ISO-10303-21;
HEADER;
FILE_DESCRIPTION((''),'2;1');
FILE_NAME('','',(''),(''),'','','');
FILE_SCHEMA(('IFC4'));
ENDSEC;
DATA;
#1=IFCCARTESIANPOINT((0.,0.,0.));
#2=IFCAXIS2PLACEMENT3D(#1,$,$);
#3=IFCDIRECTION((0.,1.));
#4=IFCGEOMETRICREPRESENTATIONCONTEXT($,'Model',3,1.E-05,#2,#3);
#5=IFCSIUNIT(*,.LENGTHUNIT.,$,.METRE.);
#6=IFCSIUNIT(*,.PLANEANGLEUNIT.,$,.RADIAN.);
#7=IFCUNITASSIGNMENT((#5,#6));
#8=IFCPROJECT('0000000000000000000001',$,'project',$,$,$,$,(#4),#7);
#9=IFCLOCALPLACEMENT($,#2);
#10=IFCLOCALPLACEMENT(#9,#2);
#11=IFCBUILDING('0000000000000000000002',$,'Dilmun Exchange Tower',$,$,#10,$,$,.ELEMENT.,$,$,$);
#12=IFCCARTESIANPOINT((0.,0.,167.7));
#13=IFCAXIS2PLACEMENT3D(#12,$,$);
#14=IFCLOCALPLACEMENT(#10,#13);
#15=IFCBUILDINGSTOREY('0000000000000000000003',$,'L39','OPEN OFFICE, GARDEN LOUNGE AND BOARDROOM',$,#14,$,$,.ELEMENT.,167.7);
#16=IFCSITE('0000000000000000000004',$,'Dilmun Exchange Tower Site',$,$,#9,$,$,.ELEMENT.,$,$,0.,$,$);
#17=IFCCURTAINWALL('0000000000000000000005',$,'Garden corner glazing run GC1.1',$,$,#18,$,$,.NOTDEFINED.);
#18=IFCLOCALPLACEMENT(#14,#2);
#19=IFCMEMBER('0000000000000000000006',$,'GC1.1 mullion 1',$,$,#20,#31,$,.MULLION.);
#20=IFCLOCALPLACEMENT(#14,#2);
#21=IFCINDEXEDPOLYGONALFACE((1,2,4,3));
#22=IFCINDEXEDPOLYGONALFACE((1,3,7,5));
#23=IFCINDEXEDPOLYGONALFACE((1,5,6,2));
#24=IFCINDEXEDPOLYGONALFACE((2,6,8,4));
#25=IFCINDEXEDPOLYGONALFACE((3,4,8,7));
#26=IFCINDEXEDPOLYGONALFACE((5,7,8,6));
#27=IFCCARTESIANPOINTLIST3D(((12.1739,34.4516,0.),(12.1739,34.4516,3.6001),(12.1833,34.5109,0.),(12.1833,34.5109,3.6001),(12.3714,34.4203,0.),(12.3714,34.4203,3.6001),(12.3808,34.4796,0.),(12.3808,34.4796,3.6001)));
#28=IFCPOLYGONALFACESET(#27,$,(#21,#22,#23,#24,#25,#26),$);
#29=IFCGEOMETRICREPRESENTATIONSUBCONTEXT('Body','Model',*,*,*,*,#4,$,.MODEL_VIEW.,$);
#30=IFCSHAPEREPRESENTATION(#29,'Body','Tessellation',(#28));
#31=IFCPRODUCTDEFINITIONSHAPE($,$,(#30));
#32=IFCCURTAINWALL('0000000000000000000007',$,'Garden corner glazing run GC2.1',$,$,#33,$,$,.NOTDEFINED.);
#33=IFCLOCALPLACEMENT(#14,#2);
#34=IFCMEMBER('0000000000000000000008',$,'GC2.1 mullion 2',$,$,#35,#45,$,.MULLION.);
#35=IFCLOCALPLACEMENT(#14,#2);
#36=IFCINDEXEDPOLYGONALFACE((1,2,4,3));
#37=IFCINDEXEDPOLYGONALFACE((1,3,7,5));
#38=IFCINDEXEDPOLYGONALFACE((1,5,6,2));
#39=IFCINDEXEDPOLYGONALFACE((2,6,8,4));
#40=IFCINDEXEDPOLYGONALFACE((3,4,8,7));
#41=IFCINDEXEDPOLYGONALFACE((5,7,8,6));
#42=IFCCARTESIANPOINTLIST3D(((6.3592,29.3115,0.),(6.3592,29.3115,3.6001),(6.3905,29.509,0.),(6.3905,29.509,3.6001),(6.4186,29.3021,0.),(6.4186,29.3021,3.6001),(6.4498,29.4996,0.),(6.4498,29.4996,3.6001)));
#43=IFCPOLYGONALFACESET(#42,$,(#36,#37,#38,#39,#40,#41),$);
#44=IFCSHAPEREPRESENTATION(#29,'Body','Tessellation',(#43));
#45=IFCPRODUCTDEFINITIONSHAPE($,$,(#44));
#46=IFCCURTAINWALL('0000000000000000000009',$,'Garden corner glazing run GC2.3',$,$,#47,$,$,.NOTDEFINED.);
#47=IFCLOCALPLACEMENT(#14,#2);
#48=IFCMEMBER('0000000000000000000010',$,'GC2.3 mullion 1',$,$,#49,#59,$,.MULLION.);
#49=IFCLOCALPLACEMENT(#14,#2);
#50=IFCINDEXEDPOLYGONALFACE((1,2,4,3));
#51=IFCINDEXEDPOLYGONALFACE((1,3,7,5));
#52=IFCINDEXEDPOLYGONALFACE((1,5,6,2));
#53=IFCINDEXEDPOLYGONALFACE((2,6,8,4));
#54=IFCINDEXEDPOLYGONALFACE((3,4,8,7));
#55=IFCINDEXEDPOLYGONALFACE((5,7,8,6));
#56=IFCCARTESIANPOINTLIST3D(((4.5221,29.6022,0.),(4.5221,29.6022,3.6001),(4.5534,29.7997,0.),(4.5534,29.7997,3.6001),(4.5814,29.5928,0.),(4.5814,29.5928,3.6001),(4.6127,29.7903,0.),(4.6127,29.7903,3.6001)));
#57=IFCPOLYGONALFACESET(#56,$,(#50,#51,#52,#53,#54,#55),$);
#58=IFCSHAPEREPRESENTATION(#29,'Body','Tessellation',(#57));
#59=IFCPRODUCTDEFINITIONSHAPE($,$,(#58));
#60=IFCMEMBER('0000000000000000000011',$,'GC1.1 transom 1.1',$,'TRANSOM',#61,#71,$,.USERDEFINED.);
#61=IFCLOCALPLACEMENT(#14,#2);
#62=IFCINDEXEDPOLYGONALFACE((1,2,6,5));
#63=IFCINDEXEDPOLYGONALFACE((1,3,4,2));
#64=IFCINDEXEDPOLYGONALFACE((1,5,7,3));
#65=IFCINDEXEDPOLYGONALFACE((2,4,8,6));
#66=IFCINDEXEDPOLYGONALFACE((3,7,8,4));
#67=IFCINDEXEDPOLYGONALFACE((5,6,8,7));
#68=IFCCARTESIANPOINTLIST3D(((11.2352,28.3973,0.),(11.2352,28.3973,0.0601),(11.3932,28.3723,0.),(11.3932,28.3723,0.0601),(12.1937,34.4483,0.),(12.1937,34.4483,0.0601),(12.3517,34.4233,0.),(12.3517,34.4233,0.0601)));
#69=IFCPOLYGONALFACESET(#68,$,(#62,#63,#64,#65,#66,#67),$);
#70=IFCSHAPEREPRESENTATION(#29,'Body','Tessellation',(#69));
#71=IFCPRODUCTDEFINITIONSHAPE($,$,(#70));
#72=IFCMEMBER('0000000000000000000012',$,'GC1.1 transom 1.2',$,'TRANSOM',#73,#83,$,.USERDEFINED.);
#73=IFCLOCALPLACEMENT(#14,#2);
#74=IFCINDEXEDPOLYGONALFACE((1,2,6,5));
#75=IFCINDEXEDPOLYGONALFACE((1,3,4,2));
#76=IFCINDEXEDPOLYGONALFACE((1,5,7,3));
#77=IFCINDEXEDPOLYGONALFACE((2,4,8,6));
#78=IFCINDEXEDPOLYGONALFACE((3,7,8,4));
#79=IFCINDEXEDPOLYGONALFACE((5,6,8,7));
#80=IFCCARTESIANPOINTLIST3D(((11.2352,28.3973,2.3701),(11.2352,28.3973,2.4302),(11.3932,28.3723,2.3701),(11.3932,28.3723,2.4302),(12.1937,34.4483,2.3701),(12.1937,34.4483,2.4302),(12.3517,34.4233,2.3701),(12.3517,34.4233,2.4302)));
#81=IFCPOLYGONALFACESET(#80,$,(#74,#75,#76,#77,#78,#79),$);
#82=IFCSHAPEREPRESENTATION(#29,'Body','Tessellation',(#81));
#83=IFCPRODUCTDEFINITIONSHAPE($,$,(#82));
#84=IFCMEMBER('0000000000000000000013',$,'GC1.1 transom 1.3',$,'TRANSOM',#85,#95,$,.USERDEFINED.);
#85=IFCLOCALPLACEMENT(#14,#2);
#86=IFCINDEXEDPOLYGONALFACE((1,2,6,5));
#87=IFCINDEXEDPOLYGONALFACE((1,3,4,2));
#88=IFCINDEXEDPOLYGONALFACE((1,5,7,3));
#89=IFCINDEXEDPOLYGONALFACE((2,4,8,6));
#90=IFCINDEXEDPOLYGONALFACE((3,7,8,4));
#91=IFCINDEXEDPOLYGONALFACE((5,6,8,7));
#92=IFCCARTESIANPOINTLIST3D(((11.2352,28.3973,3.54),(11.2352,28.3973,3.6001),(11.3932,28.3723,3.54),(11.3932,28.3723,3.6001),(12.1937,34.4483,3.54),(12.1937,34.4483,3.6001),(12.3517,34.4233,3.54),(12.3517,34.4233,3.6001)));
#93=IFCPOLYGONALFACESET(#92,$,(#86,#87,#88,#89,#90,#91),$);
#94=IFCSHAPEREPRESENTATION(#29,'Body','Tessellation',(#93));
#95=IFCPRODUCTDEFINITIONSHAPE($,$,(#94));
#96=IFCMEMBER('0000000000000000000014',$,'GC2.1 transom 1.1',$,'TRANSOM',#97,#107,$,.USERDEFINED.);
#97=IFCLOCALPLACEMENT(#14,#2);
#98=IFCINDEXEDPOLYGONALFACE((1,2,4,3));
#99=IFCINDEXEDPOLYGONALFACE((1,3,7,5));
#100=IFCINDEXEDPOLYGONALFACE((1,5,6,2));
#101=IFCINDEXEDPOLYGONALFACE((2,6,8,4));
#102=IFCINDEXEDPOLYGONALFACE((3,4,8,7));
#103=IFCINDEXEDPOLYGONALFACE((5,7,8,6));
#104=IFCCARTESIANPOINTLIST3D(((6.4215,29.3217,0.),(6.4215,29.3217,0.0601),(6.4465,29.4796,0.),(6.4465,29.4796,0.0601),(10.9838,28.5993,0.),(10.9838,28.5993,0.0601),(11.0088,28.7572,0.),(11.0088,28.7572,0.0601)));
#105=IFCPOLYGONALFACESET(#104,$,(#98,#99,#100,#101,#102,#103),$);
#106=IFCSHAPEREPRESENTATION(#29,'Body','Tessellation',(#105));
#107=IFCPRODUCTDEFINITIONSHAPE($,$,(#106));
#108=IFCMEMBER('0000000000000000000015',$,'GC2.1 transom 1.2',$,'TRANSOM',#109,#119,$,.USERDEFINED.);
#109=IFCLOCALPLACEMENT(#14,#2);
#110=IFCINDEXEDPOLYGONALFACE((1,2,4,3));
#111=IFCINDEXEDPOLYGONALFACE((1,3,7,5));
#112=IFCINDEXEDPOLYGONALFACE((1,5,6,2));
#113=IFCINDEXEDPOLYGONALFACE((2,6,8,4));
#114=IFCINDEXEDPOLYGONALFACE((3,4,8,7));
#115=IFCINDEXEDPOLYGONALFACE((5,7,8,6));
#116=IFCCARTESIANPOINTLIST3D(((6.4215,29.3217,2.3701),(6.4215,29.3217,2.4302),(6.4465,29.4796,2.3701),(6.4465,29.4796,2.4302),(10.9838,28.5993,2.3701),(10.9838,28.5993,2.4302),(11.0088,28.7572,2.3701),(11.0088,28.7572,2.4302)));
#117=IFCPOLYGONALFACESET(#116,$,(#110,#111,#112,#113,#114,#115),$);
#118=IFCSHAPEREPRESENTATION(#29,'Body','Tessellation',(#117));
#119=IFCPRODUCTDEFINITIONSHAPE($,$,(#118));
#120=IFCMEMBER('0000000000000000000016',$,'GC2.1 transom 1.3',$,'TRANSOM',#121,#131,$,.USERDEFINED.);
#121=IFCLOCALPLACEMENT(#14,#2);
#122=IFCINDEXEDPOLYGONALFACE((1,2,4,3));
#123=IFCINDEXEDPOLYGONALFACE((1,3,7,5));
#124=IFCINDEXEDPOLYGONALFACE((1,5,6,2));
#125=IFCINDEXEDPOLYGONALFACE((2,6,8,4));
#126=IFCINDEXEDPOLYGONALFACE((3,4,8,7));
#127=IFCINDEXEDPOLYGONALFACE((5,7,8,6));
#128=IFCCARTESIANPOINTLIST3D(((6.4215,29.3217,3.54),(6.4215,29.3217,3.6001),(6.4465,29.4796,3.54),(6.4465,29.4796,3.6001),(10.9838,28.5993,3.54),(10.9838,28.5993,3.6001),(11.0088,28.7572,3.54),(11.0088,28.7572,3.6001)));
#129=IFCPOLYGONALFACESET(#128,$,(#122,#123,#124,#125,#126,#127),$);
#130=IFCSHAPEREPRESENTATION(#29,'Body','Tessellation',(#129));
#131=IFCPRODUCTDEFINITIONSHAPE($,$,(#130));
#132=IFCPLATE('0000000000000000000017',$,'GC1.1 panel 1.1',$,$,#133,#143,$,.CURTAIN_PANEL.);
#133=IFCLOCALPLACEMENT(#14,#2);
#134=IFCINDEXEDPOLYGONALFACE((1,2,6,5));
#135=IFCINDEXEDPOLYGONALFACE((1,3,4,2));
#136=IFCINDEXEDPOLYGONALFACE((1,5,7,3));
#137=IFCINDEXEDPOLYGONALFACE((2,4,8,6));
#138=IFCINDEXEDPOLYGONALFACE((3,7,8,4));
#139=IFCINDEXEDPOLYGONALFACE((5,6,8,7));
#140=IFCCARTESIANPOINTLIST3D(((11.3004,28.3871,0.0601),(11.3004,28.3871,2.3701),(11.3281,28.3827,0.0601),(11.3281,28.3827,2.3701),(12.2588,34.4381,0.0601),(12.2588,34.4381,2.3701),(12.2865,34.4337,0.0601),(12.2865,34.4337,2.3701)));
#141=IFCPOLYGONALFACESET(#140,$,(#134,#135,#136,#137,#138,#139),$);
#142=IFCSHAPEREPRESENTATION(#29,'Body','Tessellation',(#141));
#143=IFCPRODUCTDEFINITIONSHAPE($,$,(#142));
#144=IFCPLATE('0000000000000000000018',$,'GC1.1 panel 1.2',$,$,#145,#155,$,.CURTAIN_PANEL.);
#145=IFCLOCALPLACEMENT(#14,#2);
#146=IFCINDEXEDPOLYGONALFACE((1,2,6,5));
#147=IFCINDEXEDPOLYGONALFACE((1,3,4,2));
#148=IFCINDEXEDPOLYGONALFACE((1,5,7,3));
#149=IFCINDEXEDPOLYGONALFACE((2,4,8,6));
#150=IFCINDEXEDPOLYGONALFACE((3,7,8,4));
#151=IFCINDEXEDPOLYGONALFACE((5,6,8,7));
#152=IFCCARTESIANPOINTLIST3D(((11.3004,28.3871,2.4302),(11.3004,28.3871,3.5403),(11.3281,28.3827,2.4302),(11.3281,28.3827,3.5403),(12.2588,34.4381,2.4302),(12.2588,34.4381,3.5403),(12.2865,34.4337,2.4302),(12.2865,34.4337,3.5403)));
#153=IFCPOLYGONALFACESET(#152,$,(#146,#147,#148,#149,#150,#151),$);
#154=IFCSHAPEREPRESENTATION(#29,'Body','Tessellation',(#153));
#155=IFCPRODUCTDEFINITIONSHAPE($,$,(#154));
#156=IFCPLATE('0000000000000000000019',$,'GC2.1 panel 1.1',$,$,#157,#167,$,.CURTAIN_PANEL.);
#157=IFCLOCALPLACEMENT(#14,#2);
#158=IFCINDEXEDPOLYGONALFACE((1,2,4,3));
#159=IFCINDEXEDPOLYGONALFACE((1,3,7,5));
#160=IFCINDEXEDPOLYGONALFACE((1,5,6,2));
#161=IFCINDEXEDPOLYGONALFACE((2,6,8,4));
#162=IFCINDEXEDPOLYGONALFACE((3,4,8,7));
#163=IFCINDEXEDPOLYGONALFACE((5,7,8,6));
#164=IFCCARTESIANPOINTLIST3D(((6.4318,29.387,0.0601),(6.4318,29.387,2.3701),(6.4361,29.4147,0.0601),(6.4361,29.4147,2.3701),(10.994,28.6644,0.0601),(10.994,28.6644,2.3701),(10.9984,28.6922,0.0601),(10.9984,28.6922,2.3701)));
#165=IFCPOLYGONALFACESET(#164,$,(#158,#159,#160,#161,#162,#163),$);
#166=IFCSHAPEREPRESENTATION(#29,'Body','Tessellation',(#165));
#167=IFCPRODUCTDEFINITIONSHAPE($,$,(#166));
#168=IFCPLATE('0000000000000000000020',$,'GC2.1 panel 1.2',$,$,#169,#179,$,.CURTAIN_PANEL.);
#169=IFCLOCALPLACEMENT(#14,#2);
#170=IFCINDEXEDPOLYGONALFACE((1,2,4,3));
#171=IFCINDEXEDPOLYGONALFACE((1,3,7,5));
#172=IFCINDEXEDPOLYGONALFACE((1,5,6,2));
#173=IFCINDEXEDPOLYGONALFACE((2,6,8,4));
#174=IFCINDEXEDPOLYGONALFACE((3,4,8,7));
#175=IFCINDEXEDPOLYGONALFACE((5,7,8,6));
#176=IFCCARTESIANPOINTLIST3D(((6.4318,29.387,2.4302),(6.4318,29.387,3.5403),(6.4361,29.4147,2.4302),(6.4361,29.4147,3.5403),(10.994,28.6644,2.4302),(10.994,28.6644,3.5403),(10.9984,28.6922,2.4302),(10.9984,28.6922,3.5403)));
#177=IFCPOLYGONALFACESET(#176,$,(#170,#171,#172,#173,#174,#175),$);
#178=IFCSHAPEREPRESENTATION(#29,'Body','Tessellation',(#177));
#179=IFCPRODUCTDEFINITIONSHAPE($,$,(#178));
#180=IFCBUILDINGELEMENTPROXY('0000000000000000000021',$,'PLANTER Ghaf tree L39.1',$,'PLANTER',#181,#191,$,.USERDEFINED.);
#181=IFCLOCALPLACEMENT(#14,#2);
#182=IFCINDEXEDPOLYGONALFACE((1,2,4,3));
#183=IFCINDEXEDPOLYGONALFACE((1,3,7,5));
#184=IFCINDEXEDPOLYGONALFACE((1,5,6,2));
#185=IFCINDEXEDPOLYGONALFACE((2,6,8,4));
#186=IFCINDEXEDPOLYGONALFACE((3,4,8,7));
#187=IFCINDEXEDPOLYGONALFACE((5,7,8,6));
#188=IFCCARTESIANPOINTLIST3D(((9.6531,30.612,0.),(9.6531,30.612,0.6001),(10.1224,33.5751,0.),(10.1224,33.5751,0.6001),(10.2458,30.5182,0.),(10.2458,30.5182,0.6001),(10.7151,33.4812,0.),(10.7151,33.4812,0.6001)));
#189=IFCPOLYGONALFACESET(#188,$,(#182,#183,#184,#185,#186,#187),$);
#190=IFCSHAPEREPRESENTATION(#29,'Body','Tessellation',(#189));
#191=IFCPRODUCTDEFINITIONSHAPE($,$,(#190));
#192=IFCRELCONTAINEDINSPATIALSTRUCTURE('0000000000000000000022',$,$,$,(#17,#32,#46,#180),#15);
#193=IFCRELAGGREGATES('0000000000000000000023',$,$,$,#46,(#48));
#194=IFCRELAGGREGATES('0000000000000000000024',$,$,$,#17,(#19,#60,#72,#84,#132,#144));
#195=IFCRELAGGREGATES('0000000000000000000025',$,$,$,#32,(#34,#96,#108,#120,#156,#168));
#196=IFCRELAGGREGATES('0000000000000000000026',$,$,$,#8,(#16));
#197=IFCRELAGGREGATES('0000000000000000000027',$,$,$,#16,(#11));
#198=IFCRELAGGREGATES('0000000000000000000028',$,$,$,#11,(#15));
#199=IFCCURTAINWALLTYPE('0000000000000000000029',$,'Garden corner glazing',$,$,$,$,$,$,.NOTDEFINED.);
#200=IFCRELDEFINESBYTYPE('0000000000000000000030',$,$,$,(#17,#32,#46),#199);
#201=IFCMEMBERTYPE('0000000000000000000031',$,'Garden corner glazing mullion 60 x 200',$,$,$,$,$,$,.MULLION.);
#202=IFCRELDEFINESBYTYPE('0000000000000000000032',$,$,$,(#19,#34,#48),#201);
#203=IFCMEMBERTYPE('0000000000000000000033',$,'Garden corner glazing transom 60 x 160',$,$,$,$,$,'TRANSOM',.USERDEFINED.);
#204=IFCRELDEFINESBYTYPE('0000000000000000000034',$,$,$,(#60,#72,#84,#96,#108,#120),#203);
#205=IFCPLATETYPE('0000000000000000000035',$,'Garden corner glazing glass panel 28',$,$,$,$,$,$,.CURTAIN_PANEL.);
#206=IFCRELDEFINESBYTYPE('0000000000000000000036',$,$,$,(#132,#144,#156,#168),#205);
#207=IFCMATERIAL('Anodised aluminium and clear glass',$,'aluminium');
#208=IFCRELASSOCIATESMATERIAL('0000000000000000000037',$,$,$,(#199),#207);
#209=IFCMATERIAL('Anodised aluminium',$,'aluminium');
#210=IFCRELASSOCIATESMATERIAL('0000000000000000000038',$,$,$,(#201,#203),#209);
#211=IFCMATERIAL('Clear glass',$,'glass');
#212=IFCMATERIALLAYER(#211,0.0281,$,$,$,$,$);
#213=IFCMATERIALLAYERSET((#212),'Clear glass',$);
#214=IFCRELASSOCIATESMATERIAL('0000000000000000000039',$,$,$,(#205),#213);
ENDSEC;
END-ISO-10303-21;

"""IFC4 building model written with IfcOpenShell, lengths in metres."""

from ifc_helpers import new_model, si_unit, direction, frame, origin, origin_2d, place, context, subcontext, project, spatial, rectangle, extrude, material, layer, layer_set, material_profile, profile_set, type_object, element, aggregate, save


model = new_model("IFC4")

# Units and contexts
model_context = context("Model", 3, precision=1e-05, world=origin(), true_north=direction((0.0, 1.0)))
body_context = subcontext(model_context, "Body", "Model", "MODEL_VIEW")
ifc_project = project(units=[si_unit("LENGTHUNIT", "METRE"), si_unit("PLANEANGLEUNIT", "RADIAN")], contexts=[model_context])

# Site, building, storey
site_placement = place(None, origin())
site = spatial("IfcSite", under=ifc_project, at=site_placement, Name="Dilmun Exchange Tower Site", CompositionType="ELEMENT", RefElevation=0.0)
building_placement = place(site_placement, origin())
building = spatial("IfcBuilding", under=site, at=building_placement, Name="Dilmun Exchange Tower", CompositionType="ELEMENT")
storey_placement = place(building_placement, frame((0.0, 0.0, 167.7)))
storey = spatial("IfcBuildingStorey", under=building, at=storey_placement, Name="L39", Description="OPEN OFFICE, GARDEN LOUNGE AND BOARDROOM", CompositionType="ELEMENT", Elevation=167.7)

# Curtain walls, members
ifc_material_1 = material(Name="Anodised aluminium and clear glass", Category="aluminium")
curtain_wall_type = type_object("IfcCurtainWallType", Name="Garden corner glazing", PredefinedType="NOTDEFINED", material=ifc_material_1)
curtain_wall_1_placement = place(storey_placement, origin())
curtain_wall_1 = element("IfcCurtainWall", 1, at=curtain_wall_1_placement, inside=storey, type_object=curtain_wall_type, Name="Garden corner glazing run GC1.1", PredefinedType="NOTDEFINED")
ifc_material_2 = material(Name="Anodised aluminium", Category="aluminium")
ifc_material_profile_1 = material_profile(ifc_material_2, rectangle(XDim=0.2, YDim=0.0601, at=origin_2d()), Name="AL 60x200")
ifc_profile_set_1 = profile_set([ifc_material_profile_1], Name="Anodised aluminium")
member_type_1 = type_object("IfcMemberType", Name="Garden corner glazing mullion 60 x 200", PredefinedType="MULLION", material=ifc_profile_set_1)
member_1_placement = place(storey_placement, frame((12.2773, 34.4656, 0.0), z_axis=(0.0, 0.0, 1.0), x_axis=(0.987688, -0.156439, 0.0)))
member_1 = element("IfcMember", 2, at=member_1_placement, type_object=member_type_1, Name="GC1.1 mullion 1", PredefinedType="MULLION", context=body_context, shape_type="SweptSolid", body=[
    extrude(rectangle(XDim=0.2, YDim=0.0601, at=origin_2d()), origin(), (0.0, 0.0, 1.0), 3.6001),
])
curtain_wall_2_placement = place(storey_placement, origin())
curtain_wall_2 = element("IfcCurtainWall", 3, at=curtain_wall_2_placement, inside=storey, type_object=curtain_wall_type, Name="Garden corner glazing run GC2.1", PredefinedType="NOTDEFINED")
member_2_placement = place(storey_placement, frame((6.4045, 29.4055, 0.0), z_axis=(0.0, 0.0, 1.0), x_axis=(-0.156421, -0.98769, 0.0)))
member_2 = element("IfcMember", 4, at=member_2_placement, type_object=member_type_1, Name="GC2.1 mullion 2", PredefinedType="MULLION", context=body_context, shape_type="SweptSolid", body=[
    extrude(rectangle(XDim=0.2, YDim=0.0601, at=origin_2d()), origin(), (0.0, 0.0, 1.0), 3.6001),
])
curtain_wall_3_placement = place(storey_placement, origin())
curtain_wall_3 = element("IfcCurtainWall", 5, at=curtain_wall_3_placement, inside=storey, type_object=curtain_wall_type, Name="Garden corner glazing run GC2.3", PredefinedType="NOTDEFINED")
member_3_placement = place(storey_placement, frame((4.5674, 29.6963, 0.0), z_axis=(0.0, 0.0, 1.0), x_axis=(-0.156489, -0.98768, 0.0)))
member_3 = element("IfcMember", 6, at=member_3_placement, type_object=member_type_1, Name="GC2.3 mullion 1", PredefinedType="MULLION", context=body_context, shape_type="SweptSolid", body=[
    extrude(rectangle(XDim=0.2, YDim=0.0601, at=origin_2d()), origin(), (0.0, 0.0, 1.0), 3.6001),
])
aggregate(curtain_wall_3, [member_3])

# Members
ifc_material_profile_2 = material_profile(ifc_material_2, rectangle(XDim=0.1599, YDim=0.0601, at=origin_2d()), Name="AL 60x160")
ifc_profile_set_2 = profile_set([ifc_material_profile_2], Name="Anodised aluminium")
member_type_2 = type_object("IfcMemberType", Name="Garden corner glazing transom 60 x 160", ElementType="TRANSOM", PredefinedType="USERDEFINED", material=ifc_profile_set_2)
member_4_placement = place(storey_placement, frame((12.2727, 34.4358, 0.03), z_axis=(-0.156452, -0.987686, 0.0), x_axis=(0.987686, -0.156452, 0.0)))
member_4 = element("IfcMember", 7, at=member_4_placement, type_object=member_type_2, Name="GC1.1 transom 1.1", ObjectType="TRANSOM", PredefinedType="USERDEFINED", context=body_context, shape_type="SweptSolid", body=[
    extrude(rectangle(XDim=0.1599, YDim=0.0601, at=origin_2d()), origin(), (0.0, 0.0, 1.0), 6.1265),
])
member_5_placement = place(storey_placement, frame((12.2727, 34.4358, 2.4001), z_axis=(-0.156452, -0.987686, 0.0), x_axis=(0.987686, -0.156452, 0.0)))
member_5 = element("IfcMember", 8, at=member_5_placement, type_object=member_type_2, Name="GC1.1 transom 1.2", ObjectType="TRANSOM", PredefinedType="USERDEFINED", context=body_context, shape_type="SweptSolid", body=[
    extrude(rectangle(XDim=0.1599, YDim=0.0601, at=origin_2d()), origin(), (0.0, 0.0, 1.0), 6.1265),
])
member_6_placement = place(storey_placement, frame((12.2727, 34.4358, 3.5701), z_axis=(-0.156452, -0.987686, 0.0), x_axis=(0.987686, -0.156452, 0.0)))
member_6 = element("IfcMember", 9, at=member_6_placement, type_object=member_type_2, Name="GC1.1 transom 1.3", ObjectType="TRANSOM", PredefinedType="USERDEFINED", context=body_context, shape_type="SweptSolid", body=[
    extrude(rectangle(XDim=0.1599, YDim=0.0601, at=origin_2d()), origin(), (0.0, 0.0, 1.0), 6.1265),
])
member_7_placement = place(storey_placement, frame((10.9963, 28.6782, 0.03), z_axis=(-0.987694, 0.156397, 0.0), x_axis=(-0.156397, -0.987694, 0.0)))
member_7 = element("IfcMember", 10, at=member_7_placement, type_object=member_type_2, Name="GC2.1 transom 1.1", ObjectType="TRANSOM", PredefinedType="USERDEFINED", context=body_context, shape_type="SweptSolid", body=[
    extrude(rectangle(XDim=0.1599, YDim=0.0601, at=origin_2d()), origin(), (0.0, 0.0, 1.0), 4.6191),
])
member_8_placement = place(storey_placement, frame((10.9963, 28.6782, 2.4001), z_axis=(-0.987694, 0.156397, 0.0), x_axis=(-0.156397, -0.987694, 0.0)))
member_8 = element("IfcMember", 11, at=member_8_placement, type_object=member_type_2, Name="GC2.1 transom 1.2", ObjectType="TRANSOM", PredefinedType="USERDEFINED", context=body_context, shape_type="SweptSolid", body=[
    extrude(rectangle(XDim=0.1599, YDim=0.0601, at=origin_2d()), origin(), (0.0, 0.0, 1.0), 4.6191),
])
member_9_placement = place(storey_placement, frame((10.9963, 28.6782, 3.5701), z_axis=(-0.987694, 0.156397, 0.0), x_axis=(-0.156397, -0.987694, 0.0)))
member_9 = element("IfcMember", 12, at=member_9_placement, type_object=member_type_2, Name="GC2.1 transom 1.3", ObjectType="TRANSOM", PredefinedType="USERDEFINED", context=body_context, shape_type="SweptSolid", body=[
    extrude(rectangle(XDim=0.1599, YDim=0.0601, at=origin_2d()), origin(), (0.0, 0.0, 1.0), 4.6191),
])

# Plates
ifc_material_3 = material(Name="Clear glass", Category="glass")
ifc_layer_1 = layer(ifc_material_3, 0.0281)
ifc_layer_set_1 = layer_set([ifc_layer_1], Name="Clear glass")
plate_type = type_object("IfcPlateType", Name="Garden corner glazing glass panel 28", PredefinedType="CURTAIN_PANEL", material=ifc_layer_set_1)
plate_1_placement = place(storey_placement, frame((11.7935, 31.4104, 0.0601), z_axis=(0.0, 0.0, 1.0), x_axis=(-0.156439, -0.987688, 0.0)))
plate_1 = element("IfcPlate", 13, at=plate_1_placement, type_object=plate_type, Name="GC1.1 panel 1.1", PredefinedType="CURTAIN_PANEL", context=body_context, shape_type="SweptSolid", body=[
    extrude(rectangle(XDim=6.1265, YDim=0.0281, at=origin_2d()), origin(), (0.0, 0.0, 1.0), 2.3101),
])
plate_2_placement = place(storey_placement, frame((11.7935, 31.4104, 2.4302), z_axis=(0.0, 0.0, 1.0), x_axis=(-0.156439, -0.987688, 0.0)))
plate_2 = element("IfcPlate", 14, at=plate_2_placement, type_object=plate_type, Name="GC1.1 panel 1.2", PredefinedType="CURTAIN_PANEL", context=body_context, shape_type="SweptSolid", body=[
    extrude(rectangle(XDim=6.1265, YDim=0.0281, at=origin_2d()), origin(), (0.0, 0.0, 1.0), 1.1101),
])
aggregate(curtain_wall_1, [member_1, member_4, member_5, member_6, plate_1, plate_2])
plate_3_placement = place(storey_placement, frame((8.7151, 29.0396, 0.0601), z_axis=(0.0, 0.0, 1.0), x_axis=(-0.98769, 0.156421, 0.0)))
plate_3 = element("IfcPlate", 15, at=plate_3_placement, type_object=plate_type, Name="GC2.1 panel 1.1", PredefinedType="CURTAIN_PANEL", context=body_context, shape_type="SweptSolid", body=[
    extrude(rectangle(XDim=4.6191, YDim=0.0281, at=origin_2d()), origin(), (0.0, 0.0, 1.0), 2.3101),
])
plate_4_placement = place(storey_placement, frame((8.7151, 29.0396, 2.4302), z_axis=(0.0, 0.0, 1.0), x_axis=(-0.98769, 0.156421, 0.0)))
plate_4 = element("IfcPlate", 16, at=plate_4_placement, type_object=plate_type, Name="GC2.1 panel 1.2", PredefinedType="CURTAIN_PANEL", context=body_context, shape_type="SweptSolid", body=[
    extrude(rectangle(XDim=4.6191, YDim=0.0281, at=origin_2d()), origin(), (0.0, 0.0, 1.0), 1.1101),
])
aggregate(curtain_wall_2, [member_2, member_7, member_8, member_9, plate_3, plate_4])

# Building element proxy
for number, where, z_axis, x_axis, name in (
    (17, (10.1841, 32.0466, 0.0), (0.0, 0.0, 1.0), (0.156434, 0.987688, 0.0), "PLANTER Ghaf tree L39.1"),
):
    element("IfcBuildingElementProxy", number, at=place(storey_placement, frame(where, z_axis=z_axis, x_axis=x_axis)), inside=storey, Name=name, ObjectType="PLANTER", PredefinedType="USERDEFINED", context=body_context, shape_type="SweptSolid", body=[
        extrude(rectangle(XDim=3.0, YDim=0.6001, at=origin_2d()), origin(), (0.0, 0.0, 1.0), 0.6001),
    ])

save(model, "model.ifc")
